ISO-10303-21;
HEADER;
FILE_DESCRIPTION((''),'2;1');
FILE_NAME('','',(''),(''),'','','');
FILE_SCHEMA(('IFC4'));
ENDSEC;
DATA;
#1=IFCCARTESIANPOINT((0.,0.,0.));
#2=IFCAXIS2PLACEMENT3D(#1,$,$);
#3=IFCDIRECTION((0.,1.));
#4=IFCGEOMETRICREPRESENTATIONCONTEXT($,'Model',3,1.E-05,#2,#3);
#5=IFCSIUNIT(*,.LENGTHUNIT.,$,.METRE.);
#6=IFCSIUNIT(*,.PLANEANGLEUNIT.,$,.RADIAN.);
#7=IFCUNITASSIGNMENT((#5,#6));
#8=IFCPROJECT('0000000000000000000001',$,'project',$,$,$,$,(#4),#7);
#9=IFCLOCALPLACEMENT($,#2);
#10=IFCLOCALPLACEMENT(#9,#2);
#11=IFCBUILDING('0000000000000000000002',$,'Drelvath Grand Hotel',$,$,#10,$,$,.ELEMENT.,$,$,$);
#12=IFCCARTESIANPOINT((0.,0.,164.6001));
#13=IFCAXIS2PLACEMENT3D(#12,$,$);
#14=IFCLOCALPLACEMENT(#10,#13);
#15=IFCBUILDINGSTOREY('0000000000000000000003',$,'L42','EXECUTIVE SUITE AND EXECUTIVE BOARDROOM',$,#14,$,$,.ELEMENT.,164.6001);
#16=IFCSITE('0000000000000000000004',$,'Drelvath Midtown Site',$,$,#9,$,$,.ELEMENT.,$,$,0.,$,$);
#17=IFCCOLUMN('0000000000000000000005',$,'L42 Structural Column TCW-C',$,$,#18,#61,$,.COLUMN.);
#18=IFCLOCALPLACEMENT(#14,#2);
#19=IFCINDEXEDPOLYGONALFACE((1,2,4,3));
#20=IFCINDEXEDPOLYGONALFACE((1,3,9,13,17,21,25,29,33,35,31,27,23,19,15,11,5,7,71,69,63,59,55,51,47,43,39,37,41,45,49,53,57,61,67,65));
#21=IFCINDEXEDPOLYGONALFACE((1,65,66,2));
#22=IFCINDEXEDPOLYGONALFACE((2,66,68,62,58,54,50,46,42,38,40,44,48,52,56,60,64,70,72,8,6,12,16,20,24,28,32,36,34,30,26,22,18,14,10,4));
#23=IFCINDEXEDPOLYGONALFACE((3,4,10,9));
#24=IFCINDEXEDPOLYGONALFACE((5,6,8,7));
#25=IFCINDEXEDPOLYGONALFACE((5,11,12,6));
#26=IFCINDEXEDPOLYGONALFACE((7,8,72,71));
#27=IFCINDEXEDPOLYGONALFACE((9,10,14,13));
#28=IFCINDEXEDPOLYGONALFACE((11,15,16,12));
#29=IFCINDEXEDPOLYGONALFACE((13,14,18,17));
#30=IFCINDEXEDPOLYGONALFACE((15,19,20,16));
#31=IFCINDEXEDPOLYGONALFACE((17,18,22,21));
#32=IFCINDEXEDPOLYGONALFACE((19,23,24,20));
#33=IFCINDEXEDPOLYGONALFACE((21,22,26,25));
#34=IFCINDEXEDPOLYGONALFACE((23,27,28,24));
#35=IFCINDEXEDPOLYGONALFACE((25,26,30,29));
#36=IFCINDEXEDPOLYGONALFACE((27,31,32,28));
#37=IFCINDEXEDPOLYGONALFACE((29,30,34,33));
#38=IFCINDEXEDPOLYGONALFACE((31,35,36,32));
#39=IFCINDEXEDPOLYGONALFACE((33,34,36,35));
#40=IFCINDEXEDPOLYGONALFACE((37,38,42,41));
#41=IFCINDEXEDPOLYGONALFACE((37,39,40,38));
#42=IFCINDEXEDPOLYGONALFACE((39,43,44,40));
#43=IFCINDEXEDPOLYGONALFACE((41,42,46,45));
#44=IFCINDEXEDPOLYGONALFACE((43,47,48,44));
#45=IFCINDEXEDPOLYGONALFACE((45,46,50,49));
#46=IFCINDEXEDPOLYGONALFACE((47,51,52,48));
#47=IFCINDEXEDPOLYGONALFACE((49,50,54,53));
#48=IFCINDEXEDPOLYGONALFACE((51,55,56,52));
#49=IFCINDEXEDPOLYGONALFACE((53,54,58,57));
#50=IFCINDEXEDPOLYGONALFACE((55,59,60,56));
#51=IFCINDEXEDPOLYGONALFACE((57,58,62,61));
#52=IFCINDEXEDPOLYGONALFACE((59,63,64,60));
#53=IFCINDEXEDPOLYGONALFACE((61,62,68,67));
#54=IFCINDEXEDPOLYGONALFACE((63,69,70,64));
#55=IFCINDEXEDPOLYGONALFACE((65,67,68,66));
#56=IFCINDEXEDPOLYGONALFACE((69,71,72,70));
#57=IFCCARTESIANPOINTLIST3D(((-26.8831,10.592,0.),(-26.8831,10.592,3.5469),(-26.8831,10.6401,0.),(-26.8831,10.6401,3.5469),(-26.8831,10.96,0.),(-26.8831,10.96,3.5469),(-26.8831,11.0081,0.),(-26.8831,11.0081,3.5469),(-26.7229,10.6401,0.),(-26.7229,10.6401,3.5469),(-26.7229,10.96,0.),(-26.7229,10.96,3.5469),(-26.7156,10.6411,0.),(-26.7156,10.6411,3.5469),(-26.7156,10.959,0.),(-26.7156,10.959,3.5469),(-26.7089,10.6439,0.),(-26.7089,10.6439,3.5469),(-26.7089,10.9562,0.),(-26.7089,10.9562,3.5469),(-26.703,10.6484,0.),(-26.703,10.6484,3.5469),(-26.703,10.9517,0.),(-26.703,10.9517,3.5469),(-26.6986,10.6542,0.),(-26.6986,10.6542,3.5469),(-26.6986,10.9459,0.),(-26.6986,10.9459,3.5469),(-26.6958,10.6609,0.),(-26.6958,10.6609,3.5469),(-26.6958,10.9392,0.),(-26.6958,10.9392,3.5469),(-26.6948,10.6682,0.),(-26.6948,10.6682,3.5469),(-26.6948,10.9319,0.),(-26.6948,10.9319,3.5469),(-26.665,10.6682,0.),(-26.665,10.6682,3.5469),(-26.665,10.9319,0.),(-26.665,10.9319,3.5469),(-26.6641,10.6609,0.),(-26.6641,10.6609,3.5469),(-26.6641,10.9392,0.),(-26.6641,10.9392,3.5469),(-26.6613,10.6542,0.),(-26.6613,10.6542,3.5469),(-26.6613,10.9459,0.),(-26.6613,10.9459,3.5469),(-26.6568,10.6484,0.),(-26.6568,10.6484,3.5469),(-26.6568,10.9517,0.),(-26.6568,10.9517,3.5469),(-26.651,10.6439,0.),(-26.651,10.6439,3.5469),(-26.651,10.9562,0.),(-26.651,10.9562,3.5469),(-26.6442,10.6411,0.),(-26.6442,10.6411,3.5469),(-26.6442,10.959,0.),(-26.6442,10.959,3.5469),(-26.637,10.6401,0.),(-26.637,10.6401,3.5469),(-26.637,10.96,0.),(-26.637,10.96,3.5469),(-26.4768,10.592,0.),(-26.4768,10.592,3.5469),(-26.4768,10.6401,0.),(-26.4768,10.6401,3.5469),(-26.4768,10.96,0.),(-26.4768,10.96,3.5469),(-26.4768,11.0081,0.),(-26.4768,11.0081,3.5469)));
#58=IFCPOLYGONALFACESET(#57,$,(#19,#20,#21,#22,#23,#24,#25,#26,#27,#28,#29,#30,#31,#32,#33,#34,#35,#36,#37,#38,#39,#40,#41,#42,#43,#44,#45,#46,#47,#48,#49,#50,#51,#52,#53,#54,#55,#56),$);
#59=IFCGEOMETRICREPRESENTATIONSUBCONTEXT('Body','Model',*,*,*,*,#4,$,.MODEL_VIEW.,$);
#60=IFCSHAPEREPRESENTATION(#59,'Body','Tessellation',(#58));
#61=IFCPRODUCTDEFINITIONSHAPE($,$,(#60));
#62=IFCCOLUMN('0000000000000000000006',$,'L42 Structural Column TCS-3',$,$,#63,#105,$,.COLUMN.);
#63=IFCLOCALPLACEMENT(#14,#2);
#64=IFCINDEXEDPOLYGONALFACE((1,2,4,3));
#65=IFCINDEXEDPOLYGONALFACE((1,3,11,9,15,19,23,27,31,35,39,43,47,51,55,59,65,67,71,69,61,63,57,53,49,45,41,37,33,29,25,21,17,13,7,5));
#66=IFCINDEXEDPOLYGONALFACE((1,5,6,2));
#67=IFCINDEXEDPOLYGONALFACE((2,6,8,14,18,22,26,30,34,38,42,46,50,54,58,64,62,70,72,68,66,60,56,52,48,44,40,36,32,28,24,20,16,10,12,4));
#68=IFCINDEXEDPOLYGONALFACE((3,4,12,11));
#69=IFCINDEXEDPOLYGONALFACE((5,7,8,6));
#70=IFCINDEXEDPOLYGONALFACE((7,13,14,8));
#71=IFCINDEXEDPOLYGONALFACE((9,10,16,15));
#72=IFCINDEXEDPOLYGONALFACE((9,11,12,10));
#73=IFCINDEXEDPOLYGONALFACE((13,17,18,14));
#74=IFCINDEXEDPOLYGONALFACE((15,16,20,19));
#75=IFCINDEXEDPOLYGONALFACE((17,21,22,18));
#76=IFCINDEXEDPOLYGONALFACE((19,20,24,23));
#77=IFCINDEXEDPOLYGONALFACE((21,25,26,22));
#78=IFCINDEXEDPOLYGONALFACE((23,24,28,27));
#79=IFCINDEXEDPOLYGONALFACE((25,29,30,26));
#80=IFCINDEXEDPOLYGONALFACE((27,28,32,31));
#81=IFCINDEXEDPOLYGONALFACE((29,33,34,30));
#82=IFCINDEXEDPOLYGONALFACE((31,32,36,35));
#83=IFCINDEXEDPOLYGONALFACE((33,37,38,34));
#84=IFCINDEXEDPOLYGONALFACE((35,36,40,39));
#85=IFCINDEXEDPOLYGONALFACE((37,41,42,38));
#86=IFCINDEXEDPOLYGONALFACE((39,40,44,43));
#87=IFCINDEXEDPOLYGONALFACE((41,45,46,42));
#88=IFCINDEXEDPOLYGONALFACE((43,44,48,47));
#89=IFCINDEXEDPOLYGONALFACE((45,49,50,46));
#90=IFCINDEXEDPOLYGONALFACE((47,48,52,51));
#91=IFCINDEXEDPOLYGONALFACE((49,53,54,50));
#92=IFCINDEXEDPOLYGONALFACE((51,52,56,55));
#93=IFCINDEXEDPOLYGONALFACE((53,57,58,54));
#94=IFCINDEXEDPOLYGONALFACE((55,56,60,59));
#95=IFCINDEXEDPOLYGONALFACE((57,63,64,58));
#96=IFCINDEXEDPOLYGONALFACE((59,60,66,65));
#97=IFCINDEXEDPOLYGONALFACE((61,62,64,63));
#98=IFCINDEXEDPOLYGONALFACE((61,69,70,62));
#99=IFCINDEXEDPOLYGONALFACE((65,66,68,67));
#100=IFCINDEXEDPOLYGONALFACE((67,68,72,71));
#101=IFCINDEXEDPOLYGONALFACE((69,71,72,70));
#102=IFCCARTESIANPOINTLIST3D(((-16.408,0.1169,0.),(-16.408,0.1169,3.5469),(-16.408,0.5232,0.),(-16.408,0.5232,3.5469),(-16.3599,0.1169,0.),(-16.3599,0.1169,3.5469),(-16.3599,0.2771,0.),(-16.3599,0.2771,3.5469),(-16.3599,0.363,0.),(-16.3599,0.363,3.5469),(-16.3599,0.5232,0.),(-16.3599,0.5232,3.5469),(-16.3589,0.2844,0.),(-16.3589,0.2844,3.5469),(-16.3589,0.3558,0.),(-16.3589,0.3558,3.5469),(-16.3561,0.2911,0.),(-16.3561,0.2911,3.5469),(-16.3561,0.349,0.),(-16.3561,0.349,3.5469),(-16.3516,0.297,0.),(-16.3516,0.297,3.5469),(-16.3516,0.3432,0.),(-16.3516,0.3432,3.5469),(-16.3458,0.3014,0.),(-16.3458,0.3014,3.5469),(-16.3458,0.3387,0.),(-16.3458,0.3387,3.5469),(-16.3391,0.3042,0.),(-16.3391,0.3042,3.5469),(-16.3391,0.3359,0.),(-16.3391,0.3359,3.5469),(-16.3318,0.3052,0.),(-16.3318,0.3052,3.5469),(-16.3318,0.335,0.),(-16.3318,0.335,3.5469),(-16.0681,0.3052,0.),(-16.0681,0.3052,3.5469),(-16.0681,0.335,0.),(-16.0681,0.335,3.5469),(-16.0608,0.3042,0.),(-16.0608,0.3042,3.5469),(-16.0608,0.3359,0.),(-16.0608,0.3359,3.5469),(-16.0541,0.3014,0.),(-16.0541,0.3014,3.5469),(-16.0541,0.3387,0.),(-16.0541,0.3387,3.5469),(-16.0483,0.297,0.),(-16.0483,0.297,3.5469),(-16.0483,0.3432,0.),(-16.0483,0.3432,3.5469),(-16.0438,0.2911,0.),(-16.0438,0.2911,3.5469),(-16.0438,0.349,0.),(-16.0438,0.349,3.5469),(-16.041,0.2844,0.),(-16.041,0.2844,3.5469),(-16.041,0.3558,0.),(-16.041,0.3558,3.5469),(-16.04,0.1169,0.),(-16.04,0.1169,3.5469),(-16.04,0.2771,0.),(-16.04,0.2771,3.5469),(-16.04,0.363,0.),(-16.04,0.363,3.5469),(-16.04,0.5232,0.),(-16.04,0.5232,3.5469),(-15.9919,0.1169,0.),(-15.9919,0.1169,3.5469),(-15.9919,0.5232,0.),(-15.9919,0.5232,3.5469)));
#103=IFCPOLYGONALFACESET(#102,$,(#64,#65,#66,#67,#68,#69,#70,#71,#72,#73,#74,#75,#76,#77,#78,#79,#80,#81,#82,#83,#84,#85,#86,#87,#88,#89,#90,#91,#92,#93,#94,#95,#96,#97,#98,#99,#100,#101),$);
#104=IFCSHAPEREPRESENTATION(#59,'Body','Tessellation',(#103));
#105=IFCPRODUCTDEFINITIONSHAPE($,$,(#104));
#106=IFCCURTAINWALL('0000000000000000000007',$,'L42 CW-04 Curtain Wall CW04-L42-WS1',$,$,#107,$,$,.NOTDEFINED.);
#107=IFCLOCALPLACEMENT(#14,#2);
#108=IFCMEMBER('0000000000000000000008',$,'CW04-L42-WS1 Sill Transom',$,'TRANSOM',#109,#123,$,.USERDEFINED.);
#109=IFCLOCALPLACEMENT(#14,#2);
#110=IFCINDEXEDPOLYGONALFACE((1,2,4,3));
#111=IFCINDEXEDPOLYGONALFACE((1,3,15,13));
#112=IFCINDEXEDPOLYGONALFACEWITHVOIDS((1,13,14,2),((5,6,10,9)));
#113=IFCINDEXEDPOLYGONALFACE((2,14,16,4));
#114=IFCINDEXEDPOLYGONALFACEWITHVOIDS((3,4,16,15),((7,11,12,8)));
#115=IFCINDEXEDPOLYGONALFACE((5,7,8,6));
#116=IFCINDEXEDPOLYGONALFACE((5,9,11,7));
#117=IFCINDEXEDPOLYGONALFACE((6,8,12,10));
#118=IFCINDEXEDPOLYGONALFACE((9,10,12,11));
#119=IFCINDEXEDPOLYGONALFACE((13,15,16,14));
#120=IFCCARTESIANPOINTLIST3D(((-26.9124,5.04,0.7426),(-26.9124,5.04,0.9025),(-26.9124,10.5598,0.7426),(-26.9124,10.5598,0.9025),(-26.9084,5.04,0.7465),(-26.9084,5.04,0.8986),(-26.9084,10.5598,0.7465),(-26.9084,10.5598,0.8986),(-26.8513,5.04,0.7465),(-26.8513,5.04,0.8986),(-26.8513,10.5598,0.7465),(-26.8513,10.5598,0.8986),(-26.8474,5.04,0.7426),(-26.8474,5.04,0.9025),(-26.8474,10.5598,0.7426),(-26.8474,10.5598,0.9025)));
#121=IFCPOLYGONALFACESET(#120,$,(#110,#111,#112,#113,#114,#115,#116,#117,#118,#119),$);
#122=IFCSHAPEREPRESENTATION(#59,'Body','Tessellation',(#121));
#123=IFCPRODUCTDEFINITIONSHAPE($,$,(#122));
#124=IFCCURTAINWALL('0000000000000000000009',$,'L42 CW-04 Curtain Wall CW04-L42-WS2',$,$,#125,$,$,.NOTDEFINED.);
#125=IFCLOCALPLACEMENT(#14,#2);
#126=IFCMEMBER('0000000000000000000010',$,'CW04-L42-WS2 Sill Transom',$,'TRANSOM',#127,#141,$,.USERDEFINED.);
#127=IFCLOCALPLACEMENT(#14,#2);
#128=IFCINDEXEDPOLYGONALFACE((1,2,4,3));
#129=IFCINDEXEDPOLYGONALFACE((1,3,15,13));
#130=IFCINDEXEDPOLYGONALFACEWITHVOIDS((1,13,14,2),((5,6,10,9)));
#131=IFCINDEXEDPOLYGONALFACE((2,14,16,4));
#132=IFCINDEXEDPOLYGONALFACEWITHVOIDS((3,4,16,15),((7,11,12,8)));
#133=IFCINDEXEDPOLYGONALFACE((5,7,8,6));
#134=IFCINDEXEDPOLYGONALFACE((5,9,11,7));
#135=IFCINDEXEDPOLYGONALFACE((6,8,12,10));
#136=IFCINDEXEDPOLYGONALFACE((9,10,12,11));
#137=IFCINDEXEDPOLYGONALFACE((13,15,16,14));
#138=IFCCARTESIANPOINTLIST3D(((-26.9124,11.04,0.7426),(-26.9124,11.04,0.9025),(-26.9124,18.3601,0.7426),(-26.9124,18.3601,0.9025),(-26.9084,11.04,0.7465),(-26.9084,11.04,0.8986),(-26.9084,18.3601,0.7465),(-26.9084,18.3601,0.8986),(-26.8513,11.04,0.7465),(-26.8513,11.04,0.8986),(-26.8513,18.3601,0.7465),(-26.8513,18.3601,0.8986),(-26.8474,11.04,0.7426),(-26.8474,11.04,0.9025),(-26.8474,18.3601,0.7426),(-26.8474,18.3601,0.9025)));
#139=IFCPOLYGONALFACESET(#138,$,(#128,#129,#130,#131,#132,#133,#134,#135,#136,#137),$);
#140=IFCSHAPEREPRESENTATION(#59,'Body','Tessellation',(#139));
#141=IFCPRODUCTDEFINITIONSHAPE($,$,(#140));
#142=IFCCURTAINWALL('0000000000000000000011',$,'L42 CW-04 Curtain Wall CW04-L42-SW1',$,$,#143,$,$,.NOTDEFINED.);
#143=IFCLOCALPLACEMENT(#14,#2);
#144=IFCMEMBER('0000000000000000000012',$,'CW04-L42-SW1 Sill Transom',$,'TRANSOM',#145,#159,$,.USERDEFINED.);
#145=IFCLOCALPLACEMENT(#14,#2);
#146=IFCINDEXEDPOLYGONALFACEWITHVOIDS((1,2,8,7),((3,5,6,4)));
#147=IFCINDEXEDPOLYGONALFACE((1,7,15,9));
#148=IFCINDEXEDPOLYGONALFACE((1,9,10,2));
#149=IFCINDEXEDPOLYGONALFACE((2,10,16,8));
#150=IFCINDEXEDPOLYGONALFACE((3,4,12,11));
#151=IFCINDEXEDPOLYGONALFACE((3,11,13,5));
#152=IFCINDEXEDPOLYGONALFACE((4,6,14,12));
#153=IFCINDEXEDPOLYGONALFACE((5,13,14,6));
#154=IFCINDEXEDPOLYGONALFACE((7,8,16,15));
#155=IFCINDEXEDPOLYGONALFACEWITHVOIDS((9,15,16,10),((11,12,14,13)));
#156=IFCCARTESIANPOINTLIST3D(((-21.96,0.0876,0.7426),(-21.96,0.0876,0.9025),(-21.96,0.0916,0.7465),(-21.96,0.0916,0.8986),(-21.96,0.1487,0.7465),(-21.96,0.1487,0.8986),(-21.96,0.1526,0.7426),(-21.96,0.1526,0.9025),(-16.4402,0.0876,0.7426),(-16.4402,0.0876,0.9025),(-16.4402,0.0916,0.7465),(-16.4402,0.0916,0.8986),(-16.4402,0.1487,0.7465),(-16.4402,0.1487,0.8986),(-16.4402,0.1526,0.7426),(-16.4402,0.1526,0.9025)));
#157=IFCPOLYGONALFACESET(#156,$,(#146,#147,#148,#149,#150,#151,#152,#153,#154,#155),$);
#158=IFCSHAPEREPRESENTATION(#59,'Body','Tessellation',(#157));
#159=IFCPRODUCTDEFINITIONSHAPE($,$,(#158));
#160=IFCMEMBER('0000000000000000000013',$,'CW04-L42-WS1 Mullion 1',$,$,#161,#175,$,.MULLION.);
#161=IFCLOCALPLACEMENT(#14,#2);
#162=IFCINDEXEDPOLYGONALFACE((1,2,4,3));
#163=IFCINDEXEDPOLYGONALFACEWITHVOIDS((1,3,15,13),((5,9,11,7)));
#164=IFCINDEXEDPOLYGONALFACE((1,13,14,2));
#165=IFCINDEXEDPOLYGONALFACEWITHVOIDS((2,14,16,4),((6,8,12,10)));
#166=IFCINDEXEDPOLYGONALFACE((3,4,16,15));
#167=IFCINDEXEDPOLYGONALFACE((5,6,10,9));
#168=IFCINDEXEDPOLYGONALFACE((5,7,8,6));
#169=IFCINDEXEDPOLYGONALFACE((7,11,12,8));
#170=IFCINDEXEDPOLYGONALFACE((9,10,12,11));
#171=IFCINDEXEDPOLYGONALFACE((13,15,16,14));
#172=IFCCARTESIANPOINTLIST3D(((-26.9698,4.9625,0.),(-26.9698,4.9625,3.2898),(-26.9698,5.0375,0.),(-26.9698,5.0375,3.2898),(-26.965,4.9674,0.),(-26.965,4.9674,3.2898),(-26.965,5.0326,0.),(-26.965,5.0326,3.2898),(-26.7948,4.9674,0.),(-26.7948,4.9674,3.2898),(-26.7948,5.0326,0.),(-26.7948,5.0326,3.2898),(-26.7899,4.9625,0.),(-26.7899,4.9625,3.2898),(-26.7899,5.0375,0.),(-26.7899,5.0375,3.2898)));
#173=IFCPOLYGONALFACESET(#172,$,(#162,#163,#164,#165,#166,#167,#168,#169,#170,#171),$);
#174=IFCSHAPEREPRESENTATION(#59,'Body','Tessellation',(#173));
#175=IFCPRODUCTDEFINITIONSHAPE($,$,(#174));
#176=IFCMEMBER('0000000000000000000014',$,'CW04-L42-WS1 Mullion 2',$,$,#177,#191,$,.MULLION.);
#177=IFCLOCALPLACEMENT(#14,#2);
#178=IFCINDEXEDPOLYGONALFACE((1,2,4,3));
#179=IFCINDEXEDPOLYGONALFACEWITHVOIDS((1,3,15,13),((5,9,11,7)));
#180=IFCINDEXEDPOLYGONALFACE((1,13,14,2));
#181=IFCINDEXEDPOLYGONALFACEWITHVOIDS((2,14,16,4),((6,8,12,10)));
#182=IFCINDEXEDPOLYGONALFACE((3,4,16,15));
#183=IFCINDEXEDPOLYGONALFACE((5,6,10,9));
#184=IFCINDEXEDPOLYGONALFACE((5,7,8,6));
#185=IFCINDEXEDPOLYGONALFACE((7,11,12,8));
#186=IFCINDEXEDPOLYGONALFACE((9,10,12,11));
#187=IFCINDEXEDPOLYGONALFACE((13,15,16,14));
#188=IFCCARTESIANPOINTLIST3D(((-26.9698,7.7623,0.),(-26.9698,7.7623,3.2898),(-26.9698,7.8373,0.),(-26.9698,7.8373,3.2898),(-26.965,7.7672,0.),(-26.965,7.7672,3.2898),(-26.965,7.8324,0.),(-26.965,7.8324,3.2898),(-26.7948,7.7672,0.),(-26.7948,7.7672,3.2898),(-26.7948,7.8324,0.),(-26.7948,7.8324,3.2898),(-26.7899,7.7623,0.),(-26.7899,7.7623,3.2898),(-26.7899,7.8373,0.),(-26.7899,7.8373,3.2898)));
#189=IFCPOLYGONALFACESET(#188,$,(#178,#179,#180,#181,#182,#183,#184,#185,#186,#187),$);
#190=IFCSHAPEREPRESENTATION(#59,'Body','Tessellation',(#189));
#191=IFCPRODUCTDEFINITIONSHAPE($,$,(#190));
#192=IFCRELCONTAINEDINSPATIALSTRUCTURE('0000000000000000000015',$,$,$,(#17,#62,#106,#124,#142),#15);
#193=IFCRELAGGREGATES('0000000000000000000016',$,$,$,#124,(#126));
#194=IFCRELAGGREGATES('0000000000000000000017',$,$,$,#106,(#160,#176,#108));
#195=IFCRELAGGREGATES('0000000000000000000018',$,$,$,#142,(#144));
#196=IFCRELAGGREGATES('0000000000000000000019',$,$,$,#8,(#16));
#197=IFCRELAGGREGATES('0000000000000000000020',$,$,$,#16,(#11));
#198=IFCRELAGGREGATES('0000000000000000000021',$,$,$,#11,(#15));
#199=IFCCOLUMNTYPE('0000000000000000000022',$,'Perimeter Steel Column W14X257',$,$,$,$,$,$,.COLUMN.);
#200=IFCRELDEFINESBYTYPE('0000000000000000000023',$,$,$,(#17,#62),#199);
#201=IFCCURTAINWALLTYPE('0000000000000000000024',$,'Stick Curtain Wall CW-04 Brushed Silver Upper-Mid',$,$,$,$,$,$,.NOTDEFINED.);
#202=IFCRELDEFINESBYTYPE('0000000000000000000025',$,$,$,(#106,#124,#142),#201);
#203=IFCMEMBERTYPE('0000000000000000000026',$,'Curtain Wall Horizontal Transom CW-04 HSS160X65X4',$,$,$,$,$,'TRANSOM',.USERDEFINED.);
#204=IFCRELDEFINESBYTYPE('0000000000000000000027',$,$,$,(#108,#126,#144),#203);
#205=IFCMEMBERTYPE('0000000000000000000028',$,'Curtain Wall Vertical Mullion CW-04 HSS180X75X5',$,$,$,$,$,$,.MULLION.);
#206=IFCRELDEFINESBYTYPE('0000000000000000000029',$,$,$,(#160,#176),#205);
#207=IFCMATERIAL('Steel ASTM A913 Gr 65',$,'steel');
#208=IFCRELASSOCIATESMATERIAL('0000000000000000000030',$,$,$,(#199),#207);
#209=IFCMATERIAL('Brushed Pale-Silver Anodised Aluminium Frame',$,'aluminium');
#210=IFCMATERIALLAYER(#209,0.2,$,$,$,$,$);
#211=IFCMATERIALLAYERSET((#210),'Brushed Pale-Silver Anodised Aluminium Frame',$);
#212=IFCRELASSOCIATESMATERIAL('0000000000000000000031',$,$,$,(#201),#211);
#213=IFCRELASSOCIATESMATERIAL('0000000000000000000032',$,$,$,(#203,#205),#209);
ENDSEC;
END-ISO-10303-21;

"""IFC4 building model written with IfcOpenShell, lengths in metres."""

from ifc_helpers import new_model, si_unit, direction, frame, origin, origin_2d, place, context, subcontext, project, spatial, hollow_rectangle, i_section, extrude, material, layer, layer_set, material_profile, profile_set, type_object, element, aggregate, save


model = new_model("IFC4")

# Units and contexts
model_context = context("Model", 3, precision=1e-05, world=origin(), true_north=direction((0.0, 1.0)))
body_context = subcontext(model_context, "Body", "Model", "MODEL_VIEW")
ifc_project = project(units=[si_unit("LENGTHUNIT", "METRE"), si_unit("PLANEANGLEUNIT", "RADIAN")], contexts=[model_context])

# Site, building, storey
site_placement = place(None, origin())
site = spatial("IfcSite", under=ifc_project, at=site_placement, Name="Drelvath Midtown Site", CompositionType="ELEMENT", RefElevation=0.0)
building_placement = place(site_placement, origin())
building = spatial("IfcBuilding", under=site, at=building_placement, Name="Drelvath Grand Hotel", CompositionType="ELEMENT")
storey_placement = place(building_placement, frame((0.0, 0.0, 164.6001)))
storey = spatial("IfcBuildingStorey", under=building, at=storey_placement, Name="L42", Description="EXECUTIVE SUITE AND EXECUTIVE BOARDROOM", CompositionType="ELEMENT", Elevation=164.6001)

# Columns
ifc_material_1 = material(Name="Steel ASTM A913 Gr 65", Category="steel")
ifc_material_profile_1 = material_profile(ifc_material_1, i_section(OverallWidth=0.4062, OverallDepth=0.416, WebThickness=0.0298, FlangeThickness=0.0481, FilletRadius=0.0281, at=origin_2d()), Name="W14X257")
ifc_profile_set_1 = profile_set([ifc_material_profile_1], Name="Steel ASTM A913 Gr 65")
column_type = type_object("IfcColumnType", Name="Perimeter Steel Column W14X257", PredefinedType="COLUMN", material=ifc_profile_set_1)
for number, where, z_axis, x_axis, name in (
    (1, (-26.6799, 10.8, 0.0), (0.0, 0.0, 1.0), (1.0, 0.0, 0.0), "L42 Structural Column TCW-C"),
    (2, (-16.2, 0.3201, 0.0), (0.0, 0.0, 1.0), (0.0, 1.0, 0.0), "L42 Structural Column TCS-3"),
):
    element("IfcColumn", number, at=place(storey_placement, frame(where, z_axis=z_axis, x_axis=x_axis)), inside=storey, type_object=column_type, Name=name, PredefinedType="COLUMN", context=body_context, shape_type="SweptSolid", body=[
        extrude(i_section(OverallWidth=0.4062, OverallDepth=0.416, WebThickness=0.0298, FlangeThickness=0.0481, FilletRadius=0.0281, at=origin_2d()), origin(), (0.0, 0.0, 1.0), 3.5469),
    ])

# Curtain walls, members
ifc_material_2 = material(Name="Brushed Pale-Silver Anodised Aluminium Frame", Category="aluminium")
ifc_layer_1 = layer(ifc_material_2, 0.2)
ifc_layer_set_1 = layer_set([ifc_layer_1], Name="Brushed Pale-Silver Anodised Aluminium Frame")
curtain_wall_type = type_object("IfcCurtainWallType", Name="Stick Curtain Wall CW-04 Brushed Silver Upper-Mid", PredefinedType="NOTDEFINED", material=ifc_layer_set_1)
curtain_wall_1_placement = place(storey_placement, origin())
curtain_wall_1 = element("IfcCurtainWall", 3, at=curtain_wall_1_placement, inside=storey, type_object=curtain_wall_type, Name="L42 CW-04 Curtain Wall CW04-L42-WS1", PredefinedType="NOTDEFINED")
ifc_material_profile_2 = material_profile(ifc_material_2, hollow_rectangle(XDim=0.0649, YDim=0.1599, WallThickness=0.0039, at=origin_2d()), Name="HSS160X65X4")
ifc_profile_set_2 = profile_set([ifc_material_profile_2], Name="Brushed Pale-Silver Anodised Aluminium Frame")
member_type_1 = type_object("IfcMemberType", Name="Curtain Wall Horizontal Transom CW-04 HSS160X65X4", ElementType="TRANSOM", PredefinedType="USERDEFINED", material=ifc_profile_set_2)
member_1_placement = place(storey_placement, frame((-26.8799, 5.04, 0.8225), z_axis=(0.0, 1.0, 0.0), x_axis=(-1.0, 0.0, 0.0)))
member_1 = element("IfcMember", 4, at=member_1_placement, type_object=member_type_1, Name="CW04-L42-WS1 Sill Transom", ObjectType="TRANSOM", PredefinedType="USERDEFINED", context=body_context, shape_type="SweptSolid", body=[
    extrude(hollow_rectangle(XDim=0.0649, YDim=0.1599, WallThickness=0.0039, at=origin_2d()), origin(), (0.0, 0.0, 1.0), 5.5198),
])
curtain_wall_2_placement = place(storey_placement, origin())
curtain_wall_2 = element("IfcCurtainWall", 5, at=curtain_wall_2_placement, inside=storey, type_object=curtain_wall_type, Name="L42 CW-04 Curtain Wall CW04-L42-WS2", PredefinedType="NOTDEFINED")
member_2_placement = place(storey_placement, frame((-26.8799, 11.04, 0.8225), z_axis=(0.0, 1.0, 0.0), x_axis=(-1.0, 0.0, 0.0)))
member_2 = element("IfcMember", 6, at=member_2_placement, type_object=member_type_1, Name="CW04-L42-WS2 Sill Transom", ObjectType="TRANSOM", PredefinedType="USERDEFINED", context=body_context, shape_type="SweptSolid", body=[
    extrude(hollow_rectangle(XDim=0.0649, YDim=0.1599, WallThickness=0.0039, at=origin_2d()), origin(), (0.0, 0.0, 1.0), 7.3201),
])
curtain_wall_3_placement = place(storey_placement, origin())
curtain_wall_3 = element("IfcCurtainWall", 7, at=curtain_wall_3_placement, inside=storey, type_object=curtain_wall_type, Name="L42 CW-04 Curtain Wall CW04-L42-SW1", PredefinedType="NOTDEFINED")
member_3_placement = place(storey_placement, frame((-16.4402, 0.1201, 0.8225), z_axis=(-1.0, 0.0, 0.0), x_axis=(0.0, -1.0, 0.0)))
member_3 = element("IfcMember", 8, at=member_3_placement, type_object=member_type_1, Name="CW04-L42-SW1 Sill Transom", ObjectType="TRANSOM", PredefinedType="USERDEFINED", context=body_context, shape_type="SweptSolid", body=[
    extrude(hollow_rectangle(XDim=0.0649, YDim=0.1599, WallThickness=0.0039, at=origin_2d()), origin(), (0.0, 0.0, 1.0), 5.5198),
])

# Members
ifc_material_profile_3 = material_profile(ifc_material_2, hollow_rectangle(XDim=0.075, YDim=0.1799, WallThickness=0.0049, at=origin_2d()), Name="HSS180X75X5")
ifc_profile_set_3 = profile_set([ifc_material_profile_3], Name="Brushed Pale-Silver Anodised Aluminium Frame")
member_type_2 = type_object("IfcMemberType", Name="Curtain Wall Vertical Mullion CW-04 HSS180X75X5", PredefinedType="MULLION", material=ifc_profile_set_3)
member_4_placement = place(storey_placement, frame((-26.8799, 5.0, 0.0), z_axis=(0.0, 0.0, 1.0), x_axis=(0.0, 1.0, 0.0)))
member_4 = element("IfcMember", 9, at=member_4_placement, type_object=member_type_2, Name="CW04-L42-WS1 Mullion 1", PredefinedType="MULLION", context=body_context, shape_type="SweptSolid", body=[
    extrude(hollow_rectangle(XDim=0.075, YDim=0.1799, WallThickness=0.0049, at=origin_2d()), origin(), (0.0, 0.0, 1.0), 3.2898),
])
member_5_placement = place(storey_placement, frame((-26.8799, 7.7998, 0.0), z_axis=(0.0, 0.0, 1.0), x_axis=(0.0, 1.0, 0.0)))
member_5 = element("IfcMember", 10, at=member_5_placement, type_object=member_type_2, Name="CW04-L42-WS1 Mullion 2", PredefinedType="MULLION", context=body_context, shape_type="SweptSolid", body=[
    extrude(hollow_rectangle(XDim=0.075, YDim=0.1799, WallThickness=0.0049, at=origin_2d()), origin(), (0.0, 0.0, 1.0), 3.2898),
])
aggregate(curtain_wall_2, [member_2])

aggregate(curtain_wall_1, [member_4, member_5, member_1])
aggregate(curtain_wall_3, [member_3])

save(model, "model.ifc")
